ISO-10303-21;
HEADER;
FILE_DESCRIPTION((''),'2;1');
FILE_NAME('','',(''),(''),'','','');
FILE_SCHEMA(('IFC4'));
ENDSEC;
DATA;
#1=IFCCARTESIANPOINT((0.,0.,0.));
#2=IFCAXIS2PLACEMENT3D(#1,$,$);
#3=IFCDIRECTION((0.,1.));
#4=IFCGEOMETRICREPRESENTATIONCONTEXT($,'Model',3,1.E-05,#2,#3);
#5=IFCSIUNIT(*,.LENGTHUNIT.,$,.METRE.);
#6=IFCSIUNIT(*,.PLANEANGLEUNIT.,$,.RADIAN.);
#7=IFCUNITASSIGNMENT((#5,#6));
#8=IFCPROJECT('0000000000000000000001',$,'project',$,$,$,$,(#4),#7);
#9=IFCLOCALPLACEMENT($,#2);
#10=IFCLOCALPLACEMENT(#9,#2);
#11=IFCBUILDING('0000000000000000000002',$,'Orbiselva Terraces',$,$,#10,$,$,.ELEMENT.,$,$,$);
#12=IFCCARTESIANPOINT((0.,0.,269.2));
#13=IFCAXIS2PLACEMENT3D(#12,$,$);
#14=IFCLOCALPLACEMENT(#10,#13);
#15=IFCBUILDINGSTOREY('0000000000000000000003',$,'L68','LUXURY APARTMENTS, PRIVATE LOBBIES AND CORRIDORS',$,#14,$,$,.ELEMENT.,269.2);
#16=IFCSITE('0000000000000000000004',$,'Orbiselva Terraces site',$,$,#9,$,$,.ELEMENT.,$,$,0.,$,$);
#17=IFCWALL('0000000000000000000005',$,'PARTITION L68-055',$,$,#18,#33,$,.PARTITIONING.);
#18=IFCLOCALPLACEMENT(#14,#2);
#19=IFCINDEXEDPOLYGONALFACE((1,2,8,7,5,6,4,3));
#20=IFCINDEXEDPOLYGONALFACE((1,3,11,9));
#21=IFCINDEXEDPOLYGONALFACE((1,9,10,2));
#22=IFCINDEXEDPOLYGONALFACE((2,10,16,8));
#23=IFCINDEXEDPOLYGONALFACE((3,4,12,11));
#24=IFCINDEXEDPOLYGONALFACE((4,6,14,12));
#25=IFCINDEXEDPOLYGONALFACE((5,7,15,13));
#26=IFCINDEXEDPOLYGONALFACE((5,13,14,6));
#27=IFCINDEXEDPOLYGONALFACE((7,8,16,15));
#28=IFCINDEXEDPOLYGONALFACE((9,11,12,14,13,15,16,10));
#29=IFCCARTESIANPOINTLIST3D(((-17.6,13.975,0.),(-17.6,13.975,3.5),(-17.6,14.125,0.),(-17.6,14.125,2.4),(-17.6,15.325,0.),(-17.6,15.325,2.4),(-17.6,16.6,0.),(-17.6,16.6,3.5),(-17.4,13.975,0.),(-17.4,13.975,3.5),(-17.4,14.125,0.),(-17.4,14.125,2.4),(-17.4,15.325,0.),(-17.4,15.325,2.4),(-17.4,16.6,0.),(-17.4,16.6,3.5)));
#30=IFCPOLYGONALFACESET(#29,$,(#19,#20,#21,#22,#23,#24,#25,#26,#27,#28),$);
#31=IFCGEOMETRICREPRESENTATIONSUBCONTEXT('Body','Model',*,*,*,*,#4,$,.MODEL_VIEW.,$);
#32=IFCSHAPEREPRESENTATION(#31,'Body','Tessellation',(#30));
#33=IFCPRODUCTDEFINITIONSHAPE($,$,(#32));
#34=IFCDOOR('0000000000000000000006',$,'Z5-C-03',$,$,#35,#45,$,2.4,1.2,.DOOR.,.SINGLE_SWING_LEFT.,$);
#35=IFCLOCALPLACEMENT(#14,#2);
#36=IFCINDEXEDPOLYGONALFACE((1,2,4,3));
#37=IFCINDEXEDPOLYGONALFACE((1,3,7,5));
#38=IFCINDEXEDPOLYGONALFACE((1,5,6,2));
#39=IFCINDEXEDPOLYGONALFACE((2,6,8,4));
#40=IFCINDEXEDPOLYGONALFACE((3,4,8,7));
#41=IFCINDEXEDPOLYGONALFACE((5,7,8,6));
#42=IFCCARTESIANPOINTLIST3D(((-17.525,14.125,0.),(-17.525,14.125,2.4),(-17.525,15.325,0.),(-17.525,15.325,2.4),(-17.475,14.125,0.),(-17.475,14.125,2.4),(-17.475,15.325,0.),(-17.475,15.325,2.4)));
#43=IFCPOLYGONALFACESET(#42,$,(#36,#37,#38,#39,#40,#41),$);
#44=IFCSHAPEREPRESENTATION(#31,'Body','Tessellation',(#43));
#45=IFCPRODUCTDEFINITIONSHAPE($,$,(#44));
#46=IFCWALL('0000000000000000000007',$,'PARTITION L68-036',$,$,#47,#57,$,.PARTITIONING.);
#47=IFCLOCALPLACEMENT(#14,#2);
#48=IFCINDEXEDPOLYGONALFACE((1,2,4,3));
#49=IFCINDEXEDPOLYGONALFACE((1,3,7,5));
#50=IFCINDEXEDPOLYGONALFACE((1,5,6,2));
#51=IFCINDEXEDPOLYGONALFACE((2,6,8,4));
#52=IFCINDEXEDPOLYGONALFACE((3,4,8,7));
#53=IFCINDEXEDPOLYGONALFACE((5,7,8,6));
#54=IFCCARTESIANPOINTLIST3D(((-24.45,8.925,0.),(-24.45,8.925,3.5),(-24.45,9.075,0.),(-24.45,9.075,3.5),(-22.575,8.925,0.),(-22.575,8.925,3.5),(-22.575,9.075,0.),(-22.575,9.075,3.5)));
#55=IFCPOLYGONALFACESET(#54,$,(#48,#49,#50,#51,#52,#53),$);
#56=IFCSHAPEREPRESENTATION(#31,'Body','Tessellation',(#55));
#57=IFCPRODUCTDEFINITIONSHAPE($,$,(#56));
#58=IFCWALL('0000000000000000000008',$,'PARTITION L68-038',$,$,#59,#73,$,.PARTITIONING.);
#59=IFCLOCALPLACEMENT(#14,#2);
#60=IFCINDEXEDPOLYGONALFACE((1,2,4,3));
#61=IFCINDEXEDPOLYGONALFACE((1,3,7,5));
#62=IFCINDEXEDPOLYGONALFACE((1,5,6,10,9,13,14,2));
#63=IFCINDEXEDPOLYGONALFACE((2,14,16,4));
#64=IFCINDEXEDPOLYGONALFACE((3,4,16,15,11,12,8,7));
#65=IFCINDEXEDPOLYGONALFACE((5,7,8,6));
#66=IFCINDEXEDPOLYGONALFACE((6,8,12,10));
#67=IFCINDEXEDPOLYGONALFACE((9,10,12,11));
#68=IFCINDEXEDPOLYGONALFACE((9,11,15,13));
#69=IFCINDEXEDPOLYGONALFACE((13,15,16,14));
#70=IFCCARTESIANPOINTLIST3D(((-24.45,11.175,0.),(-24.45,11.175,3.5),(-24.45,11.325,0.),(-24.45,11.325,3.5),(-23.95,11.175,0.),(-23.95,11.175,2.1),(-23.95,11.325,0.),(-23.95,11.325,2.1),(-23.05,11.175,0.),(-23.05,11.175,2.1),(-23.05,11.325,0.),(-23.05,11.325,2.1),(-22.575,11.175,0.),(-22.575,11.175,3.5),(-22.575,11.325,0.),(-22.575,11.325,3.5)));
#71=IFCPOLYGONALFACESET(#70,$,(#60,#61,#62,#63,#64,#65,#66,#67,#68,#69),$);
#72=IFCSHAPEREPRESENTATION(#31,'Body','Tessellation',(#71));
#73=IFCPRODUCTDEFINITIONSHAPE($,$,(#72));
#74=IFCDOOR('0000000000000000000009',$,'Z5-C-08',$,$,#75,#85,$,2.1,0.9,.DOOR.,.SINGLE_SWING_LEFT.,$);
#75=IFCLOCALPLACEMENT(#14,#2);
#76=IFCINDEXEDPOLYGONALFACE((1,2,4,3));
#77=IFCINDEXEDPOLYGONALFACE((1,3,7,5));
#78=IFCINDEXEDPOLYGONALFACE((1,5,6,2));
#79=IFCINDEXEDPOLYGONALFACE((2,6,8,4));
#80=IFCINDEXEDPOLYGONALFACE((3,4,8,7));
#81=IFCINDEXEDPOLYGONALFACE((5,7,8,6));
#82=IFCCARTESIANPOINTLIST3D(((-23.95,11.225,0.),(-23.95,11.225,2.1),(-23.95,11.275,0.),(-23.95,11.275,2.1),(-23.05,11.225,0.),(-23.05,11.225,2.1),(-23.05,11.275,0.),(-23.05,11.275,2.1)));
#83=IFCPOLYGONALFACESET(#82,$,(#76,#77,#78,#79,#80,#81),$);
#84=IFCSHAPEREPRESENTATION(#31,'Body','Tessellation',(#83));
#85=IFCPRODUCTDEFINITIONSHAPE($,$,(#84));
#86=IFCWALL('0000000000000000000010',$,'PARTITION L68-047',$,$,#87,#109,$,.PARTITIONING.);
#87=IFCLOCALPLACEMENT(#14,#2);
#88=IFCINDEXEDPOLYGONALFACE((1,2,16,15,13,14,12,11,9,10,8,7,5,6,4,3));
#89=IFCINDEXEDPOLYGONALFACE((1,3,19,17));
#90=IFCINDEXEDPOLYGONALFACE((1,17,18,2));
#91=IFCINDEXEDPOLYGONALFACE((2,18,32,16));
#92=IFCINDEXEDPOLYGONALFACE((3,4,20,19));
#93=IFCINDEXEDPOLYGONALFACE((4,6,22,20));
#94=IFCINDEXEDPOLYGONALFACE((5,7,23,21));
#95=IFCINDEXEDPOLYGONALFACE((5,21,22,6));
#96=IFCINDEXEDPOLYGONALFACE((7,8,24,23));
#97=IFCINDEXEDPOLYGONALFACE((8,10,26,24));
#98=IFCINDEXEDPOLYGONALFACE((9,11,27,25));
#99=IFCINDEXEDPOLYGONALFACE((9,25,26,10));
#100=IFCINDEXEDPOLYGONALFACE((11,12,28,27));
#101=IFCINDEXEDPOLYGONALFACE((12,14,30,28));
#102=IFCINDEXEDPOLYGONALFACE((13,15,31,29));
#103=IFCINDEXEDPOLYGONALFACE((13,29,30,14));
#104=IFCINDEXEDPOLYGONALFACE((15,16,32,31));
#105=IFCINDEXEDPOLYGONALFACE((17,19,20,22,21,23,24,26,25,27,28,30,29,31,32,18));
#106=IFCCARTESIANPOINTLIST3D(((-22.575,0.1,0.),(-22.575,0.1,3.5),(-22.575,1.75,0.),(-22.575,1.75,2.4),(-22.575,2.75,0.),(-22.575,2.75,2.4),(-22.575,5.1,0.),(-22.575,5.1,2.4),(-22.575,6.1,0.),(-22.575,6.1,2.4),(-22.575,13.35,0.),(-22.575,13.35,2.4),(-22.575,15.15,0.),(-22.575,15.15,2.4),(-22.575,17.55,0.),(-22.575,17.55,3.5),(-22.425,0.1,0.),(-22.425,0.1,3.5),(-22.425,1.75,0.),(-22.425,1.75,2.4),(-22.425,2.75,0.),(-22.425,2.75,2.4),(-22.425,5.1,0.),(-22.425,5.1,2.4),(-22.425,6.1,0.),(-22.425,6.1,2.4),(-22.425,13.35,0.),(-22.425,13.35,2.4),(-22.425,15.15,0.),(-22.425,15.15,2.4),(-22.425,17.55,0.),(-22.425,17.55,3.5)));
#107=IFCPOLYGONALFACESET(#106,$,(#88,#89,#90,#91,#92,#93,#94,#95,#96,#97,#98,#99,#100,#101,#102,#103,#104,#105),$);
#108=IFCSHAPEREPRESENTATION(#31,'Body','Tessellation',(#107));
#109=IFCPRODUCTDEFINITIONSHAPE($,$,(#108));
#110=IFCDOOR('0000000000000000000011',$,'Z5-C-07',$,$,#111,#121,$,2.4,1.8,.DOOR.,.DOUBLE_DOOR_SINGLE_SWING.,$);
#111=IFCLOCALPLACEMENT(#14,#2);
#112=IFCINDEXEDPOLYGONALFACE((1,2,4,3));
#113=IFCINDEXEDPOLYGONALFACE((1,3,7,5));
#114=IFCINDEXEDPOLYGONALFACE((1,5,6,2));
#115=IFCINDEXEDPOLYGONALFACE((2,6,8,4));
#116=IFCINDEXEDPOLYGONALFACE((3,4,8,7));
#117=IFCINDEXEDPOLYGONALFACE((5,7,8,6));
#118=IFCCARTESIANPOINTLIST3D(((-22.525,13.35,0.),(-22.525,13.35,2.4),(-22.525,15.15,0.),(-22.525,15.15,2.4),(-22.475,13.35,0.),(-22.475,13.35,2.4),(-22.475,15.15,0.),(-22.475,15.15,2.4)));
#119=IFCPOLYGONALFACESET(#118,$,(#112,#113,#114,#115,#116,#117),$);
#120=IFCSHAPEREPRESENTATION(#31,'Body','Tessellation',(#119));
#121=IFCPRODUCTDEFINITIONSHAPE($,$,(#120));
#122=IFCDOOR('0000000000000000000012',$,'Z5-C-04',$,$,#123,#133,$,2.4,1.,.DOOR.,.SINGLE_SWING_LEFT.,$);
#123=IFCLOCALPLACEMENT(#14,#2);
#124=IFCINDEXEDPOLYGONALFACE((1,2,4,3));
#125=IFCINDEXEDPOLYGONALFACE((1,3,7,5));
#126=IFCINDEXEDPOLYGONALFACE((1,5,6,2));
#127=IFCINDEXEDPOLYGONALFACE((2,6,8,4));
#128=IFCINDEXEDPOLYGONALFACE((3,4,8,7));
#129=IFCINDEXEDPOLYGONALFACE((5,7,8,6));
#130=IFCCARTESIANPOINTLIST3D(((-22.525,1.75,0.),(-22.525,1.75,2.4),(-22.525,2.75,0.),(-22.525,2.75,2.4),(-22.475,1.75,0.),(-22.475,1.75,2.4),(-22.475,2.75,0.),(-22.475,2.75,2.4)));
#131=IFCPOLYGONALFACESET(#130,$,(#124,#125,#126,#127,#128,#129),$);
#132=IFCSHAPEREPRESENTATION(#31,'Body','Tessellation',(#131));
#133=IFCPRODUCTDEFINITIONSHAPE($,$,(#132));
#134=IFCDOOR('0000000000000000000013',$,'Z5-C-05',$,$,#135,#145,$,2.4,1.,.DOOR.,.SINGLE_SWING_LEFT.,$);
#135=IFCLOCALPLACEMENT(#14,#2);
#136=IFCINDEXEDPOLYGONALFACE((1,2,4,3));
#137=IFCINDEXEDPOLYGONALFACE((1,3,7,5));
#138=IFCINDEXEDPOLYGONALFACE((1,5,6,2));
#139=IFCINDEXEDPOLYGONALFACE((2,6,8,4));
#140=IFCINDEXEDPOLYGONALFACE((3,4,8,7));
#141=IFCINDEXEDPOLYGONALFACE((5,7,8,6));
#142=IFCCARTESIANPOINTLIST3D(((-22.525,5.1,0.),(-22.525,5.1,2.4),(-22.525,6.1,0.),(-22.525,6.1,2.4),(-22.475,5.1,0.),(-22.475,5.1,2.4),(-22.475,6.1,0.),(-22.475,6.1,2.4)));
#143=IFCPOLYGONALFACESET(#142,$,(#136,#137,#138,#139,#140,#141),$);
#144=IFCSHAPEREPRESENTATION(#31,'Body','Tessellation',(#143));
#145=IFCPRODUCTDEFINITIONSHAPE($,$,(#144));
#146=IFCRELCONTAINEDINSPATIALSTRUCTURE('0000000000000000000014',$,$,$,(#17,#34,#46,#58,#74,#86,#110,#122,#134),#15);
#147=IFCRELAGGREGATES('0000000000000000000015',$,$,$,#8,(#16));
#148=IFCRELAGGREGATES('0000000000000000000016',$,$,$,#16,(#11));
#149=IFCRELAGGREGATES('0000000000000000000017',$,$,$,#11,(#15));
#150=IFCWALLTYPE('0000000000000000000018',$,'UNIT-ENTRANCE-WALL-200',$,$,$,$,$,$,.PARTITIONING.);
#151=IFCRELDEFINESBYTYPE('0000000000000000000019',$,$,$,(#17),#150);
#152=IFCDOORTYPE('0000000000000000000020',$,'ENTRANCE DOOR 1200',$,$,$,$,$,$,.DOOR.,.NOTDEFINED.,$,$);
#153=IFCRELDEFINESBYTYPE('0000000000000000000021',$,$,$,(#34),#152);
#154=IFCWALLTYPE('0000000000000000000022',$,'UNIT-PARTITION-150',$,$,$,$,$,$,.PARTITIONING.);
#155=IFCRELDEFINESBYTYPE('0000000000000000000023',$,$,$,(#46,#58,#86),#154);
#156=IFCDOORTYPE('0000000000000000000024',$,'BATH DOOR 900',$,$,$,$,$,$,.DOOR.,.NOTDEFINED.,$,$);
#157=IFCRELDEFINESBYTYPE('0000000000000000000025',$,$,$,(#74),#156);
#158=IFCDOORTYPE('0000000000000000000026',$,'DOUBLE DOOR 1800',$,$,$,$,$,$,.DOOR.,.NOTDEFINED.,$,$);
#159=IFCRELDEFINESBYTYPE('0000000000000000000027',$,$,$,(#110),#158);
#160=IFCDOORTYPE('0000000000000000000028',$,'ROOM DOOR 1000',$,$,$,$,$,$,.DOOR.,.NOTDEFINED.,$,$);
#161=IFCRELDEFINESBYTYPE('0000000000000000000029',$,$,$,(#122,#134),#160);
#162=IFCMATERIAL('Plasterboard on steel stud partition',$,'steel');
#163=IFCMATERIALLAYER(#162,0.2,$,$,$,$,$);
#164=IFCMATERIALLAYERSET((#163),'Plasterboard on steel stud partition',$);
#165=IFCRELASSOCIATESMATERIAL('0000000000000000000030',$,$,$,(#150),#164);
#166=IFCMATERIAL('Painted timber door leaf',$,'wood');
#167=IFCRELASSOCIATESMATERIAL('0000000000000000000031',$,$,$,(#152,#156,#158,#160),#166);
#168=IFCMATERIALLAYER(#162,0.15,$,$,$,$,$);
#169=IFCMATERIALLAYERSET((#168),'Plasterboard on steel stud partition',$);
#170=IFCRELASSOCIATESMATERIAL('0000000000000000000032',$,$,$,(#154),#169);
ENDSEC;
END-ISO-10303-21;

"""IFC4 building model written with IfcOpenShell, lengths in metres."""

from ifc_helpers import new_model, si_unit, direction, frame, frame_2d, origin, place, context, subcontext, project, spatial, rectangle, extrude, material, layer, layer_set, type_object, element, fill, save


model = new_model("IFC4")

# Units and contexts
model_context = context("Model", 3, precision=1e-05, world=origin(), true_north=direction((0.0, 1.0)))
body_context = subcontext(model_context, "Body", "Model", "MODEL_VIEW")
ifc_project = project(units=[si_unit("LENGTHUNIT", "METRE"), si_unit("PLANEANGLEUNIT", "RADIAN")], contexts=[model_context])

# Site, building, storey
site_placement = place(None, origin())
site = spatial("IfcSite", under=ifc_project, at=site_placement, Name="Orbiselva Terraces site", CompositionType="ELEMENT", RefElevation=0.0)
building_placement = place(site_placement, origin())
building = spatial("IfcBuilding", under=site, at=building_placement, Name="Orbiselva Terraces", CompositionType="ELEMENT")
storey_placement = place(building_placement, frame((0.0, 0.0, 269.2)))
storey = spatial("IfcBuildingStorey", under=building, at=storey_placement, Name="L68", Description="LUXURY APARTMENTS, PRIVATE LOBBIES AND CORRIDORS", CompositionType="ELEMENT", Elevation=269.2)

# Shared definitions
ifc_material_1 = material(Name="Plasterboard on steel stud partition", Category="steel")
ifc_layer_1 = layer(ifc_material_1, 0.2)
ifc_layer_set_1 = layer_set([ifc_layer_1], Name="Plasterboard on steel stud partition")
wall_type_1 = type_object("IfcWallType", Name="UNIT-ENTRANCE-WALL-200", PredefinedType="PARTITIONING", material=ifc_layer_set_1)

# Wall, opening, door
wall_1_placement = place(storey_placement, frame((-17.5, 13.975, 0.0), z_axis=(0.0, 0.0, 1.0), x_axis=(0.0, 1.0, 0.0)))
wall_1 = element("IfcWall", 1, at=wall_1_placement, inside=storey, type_object=wall_type_1, Name="PARTITION L68-055", PredefinedType="PARTITIONING", context=body_context, shape_type="SweptSolid", body=[
    extrude(rectangle(XDim=2.625, YDim=0.2, at=frame_2d((1.3125, 0.0))), origin(), (0.0, 0.0, 1.0), 3.5),
])
opening_1_placement = place(wall_1_placement, frame((0.15, 0.0, 0.0)))
opening_1 = element("IfcOpeningElement", 2, at=opening_1_placement, cuts=wall_1, PredefinedType="OPENING", context=body_context, shape_type="SweptSolid", body=[
    extrude(rectangle(XDim=1.2, YDim=2.4, at=frame_2d((0.6, 1.2))), frame((0.0, 0.11, 0.0), z_axis=(0.0, -1.0, 0.0), x_axis=(1.0, 0.0, 0.0)), (0.0, 0.0, 1.0), 0.22),
])
ifc_material_2 = material(Name="Painted timber door leaf", Category="wood")
door_type_1 = type_object("IfcDoorType", Name="ENTRANCE DOOR 1200", OperationType="NOTDEFINED", PredefinedType="DOOR", material=ifc_material_2)
door_1_placement = place(opening_1_placement, origin())
door_1 = element("IfcDoor", 3, at=door_1_placement, inside=storey, type_object=door_type_1, Name="Z5-C-03", OperationType="SINGLE_SWING_LEFT", OverallHeight=2.4, OverallWidth=1.2, PredefinedType="DOOR", context=body_context, shape_type="SweptSolid", body=[
    extrude(rectangle(XDim=1.2, YDim=2.4, at=frame_2d((0.6, 1.2))), frame((0.0, 0.025, 0.0), z_axis=(0.0, -1.0, 0.0), x_axis=(1.0, 0.0, 0.0)), (0.0, 0.0, 1.0), 0.05),
])
fill(opening_1, door_1)

# Wall
ifc_layer_2 = layer(ifc_material_1, 0.15)
ifc_layer_set_2 = layer_set([ifc_layer_2], Name="Plasterboard on steel stud partition")
wall_type_2 = type_object("IfcWallType", Name="UNIT-PARTITION-150", PredefinedType="PARTITIONING", material=ifc_layer_set_2)
wall_2_placement = place(storey_placement, frame((-24.45, 9.0, 0.0), z_axis=(0.0, 0.0, 1.0), x_axis=(1.0, 0.0, 0.0)))
element("IfcWall", 4, at=wall_2_placement, inside=storey, type_object=wall_type_2, Name="PARTITION L68-036", PredefinedType="PARTITIONING", context=body_context, shape_type="SweptSolid", body=[
    extrude(rectangle(XDim=1.875, YDim=0.15, at=frame_2d((0.9375, 0.0))), origin(), (0.0, 0.0, 1.0), 3.5),
])

# Wall, opening, door
wall_3_placement = place(storey_placement, frame((-22.575, 11.25, 0.0), z_axis=(0.0, 0.0, 1.0), x_axis=(-1.0, 0.0, 0.0)))
wall_3 = element("IfcWall", 5, at=wall_3_placement, inside=storey, type_object=wall_type_2, Name="PARTITION L68-038", PredefinedType="PARTITIONING", context=body_context, shape_type="SweptSolid", body=[
    extrude(rectangle(XDim=1.875, YDim=0.15, at=frame_2d((0.9375, 0.0))), origin(), (0.0, 0.0, 1.0), 3.5),
])
opening_2_placement = place(wall_3_placement, frame((0.475, 0.0, 0.0)))
opening_2 = element("IfcOpeningElement", 6, at=opening_2_placement, cuts=wall_3, PredefinedType="OPENING", context=body_context, shape_type="SweptSolid", body=[
    extrude(rectangle(XDim=0.9, YDim=2.1, at=frame_2d((0.45, 1.05))), frame((0.0, 0.085, 0.0), z_axis=(0.0, -1.0, 0.0), x_axis=(1.0, 0.0, 0.0)), (0.0, 0.0, 1.0), 0.17),
])
door_type_2 = type_object("IfcDoorType", Name="BATH DOOR 900", OperationType="NOTDEFINED", PredefinedType="DOOR", material=ifc_material_2)
door_2_placement = place(opening_2_placement, origin())
door_2 = element("IfcDoor", 7, at=door_2_placement, inside=storey, type_object=door_type_2, Name="Z5-C-08", OperationType="SINGLE_SWING_LEFT", OverallHeight=2.1, OverallWidth=0.9, PredefinedType="DOOR", context=body_context, shape_type="SweptSolid", body=[
    extrude(rectangle(XDim=0.9, YDim=2.1, at=frame_2d((0.45, 1.05))), frame((0.0, 0.025, 0.0), z_axis=(0.0, -1.0, 0.0), x_axis=(1.0, 0.0, 0.0)), (0.0, 0.0, 1.0), 0.05),
])
fill(opening_2, door_2)

# Wall, openings, doors
wall_4_placement = place(storey_placement, frame((-22.5, 0.1, 0.0), z_axis=(0.0, 0.0, 1.0), x_axis=(0.0, 1.0, 0.0)))
wall_4 = element("IfcWall", 8, at=wall_4_placement, inside=storey, type_object=wall_type_2, Name="PARTITION L68-047", PredefinedType="PARTITIONING", context=body_context, shape_type="SweptSolid", body=[
    extrude(rectangle(XDim=17.45, YDim=0.15, at=frame_2d((8.725, 0.0))), origin(), (0.0, 0.0, 1.0), 3.5),
])
opening_3_placement = place(wall_4_placement, frame((1.65, 0.0, 0.0)))
opening_3 = element("IfcOpeningElement", 9, at=opening_3_placement, cuts=wall_4, PredefinedType="OPENING", context=body_context, shape_type="SweptSolid", body=[
    extrude(rectangle(XDim=1.0, YDim=2.4, at=frame_2d((0.5, 1.2))), frame((0.0, 0.085, 0.0), z_axis=(0.0, -1.0, 0.0), x_axis=(1.0, 0.0, 0.0)), (0.0, 0.0, 1.0), 0.17),
])
opening_4_placement = place(wall_4_placement, frame((5.0, 0.0, 0.0)))
opening_4 = element("IfcOpeningElement", 10, at=opening_4_placement, cuts=wall_4, PredefinedType="OPENING", context=body_context, shape_type="SweptSolid", body=[
    extrude(rectangle(XDim=1.0, YDim=2.4, at=frame_2d((0.5, 1.2))), frame((0.0, 0.085, 0.0), z_axis=(0.0, -1.0, 0.0), x_axis=(1.0, 0.0, 0.0)), (0.0, 0.0, 1.0), 0.17),
])
opening_5_placement = place(wall_4_placement, frame((13.25, 0.0, 0.0)))
opening_5 = element("IfcOpeningElement", 11, at=opening_5_placement, cuts=wall_4, PredefinedType="OPENING", context=body_context, shape_type="SweptSolid", body=[
    extrude(rectangle(XDim=1.8, YDim=2.4, at=frame_2d((0.9, 1.2))), frame((0.0, 0.085, 0.0), z_axis=(0.0, -1.0, 0.0), x_axis=(1.0, 0.0, 0.0)), (0.0, 0.0, 1.0), 0.17),
])
door_type_3 = type_object("IfcDoorType", Name="DOUBLE DOOR 1800", OperationType="NOTDEFINED", PredefinedType="DOOR", material=ifc_material_2)
door_3_placement = place(opening_5_placement, origin())
door_3 = element("IfcDoor", 12, at=door_3_placement, inside=storey, type_object=door_type_3, Name="Z5-C-07", OperationType="DOUBLE_DOOR_SINGLE_SWING", OverallHeight=2.4, OverallWidth=1.8, PredefinedType="DOOR", context=body_context, shape_type="SweptSolid", body=[
    extrude(rectangle(XDim=1.8, YDim=2.4, at=frame_2d((0.9, 1.2))), frame((0.0, 0.025, 0.0), z_axis=(0.0, -1.0, 0.0), x_axis=(1.0, 0.0, 0.0)), (0.0, 0.0, 1.0), 0.05),
])
fill(opening_5, door_3)
door_type_4 = type_object("IfcDoorType", Name="ROOM DOOR 1000", OperationType="NOTDEFINED", PredefinedType="DOOR", material=ifc_material_2)
door_4_placement = place(opening_3_placement, origin())
door_4 = element("IfcDoor", 13, at=door_4_placement, inside=storey, type_object=door_type_4, Name="Z5-C-04", OperationType="SINGLE_SWING_LEFT", OverallHeight=2.4, OverallWidth=1.0, PredefinedType="DOOR", context=body_context, shape_type="SweptSolid", body=[
    extrude(rectangle(XDim=1.0, YDim=2.4, at=frame_2d((0.5, 1.2))), frame((0.0, 0.025, 0.0), z_axis=(0.0, -1.0, 0.0), x_axis=(1.0, 0.0, 0.0)), (0.0, 0.0, 1.0), 0.05),
])
fill(opening_3, door_4)
door_5_placement = place(opening_4_placement, origin())
door_5 = element("IfcDoor", 14, at=door_5_placement, inside=storey, type_object=door_type_4, Name="Z5-C-05", OperationType="SINGLE_SWING_LEFT", OverallHeight=2.4, OverallWidth=1.0, PredefinedType="DOOR", context=body_context, shape_type="SweptSolid", body=[
    extrude(rectangle(XDim=1.0, YDim=2.4, at=frame_2d((0.5, 1.2))), frame((0.0, 0.025, 0.0), z_axis=(0.0, -1.0, 0.0), x_axis=(1.0, 0.0, 0.0)), (0.0, 0.0, 1.0), 0.05),
])
fill(opening_4, door_5)

save(model, "model.ifc")
